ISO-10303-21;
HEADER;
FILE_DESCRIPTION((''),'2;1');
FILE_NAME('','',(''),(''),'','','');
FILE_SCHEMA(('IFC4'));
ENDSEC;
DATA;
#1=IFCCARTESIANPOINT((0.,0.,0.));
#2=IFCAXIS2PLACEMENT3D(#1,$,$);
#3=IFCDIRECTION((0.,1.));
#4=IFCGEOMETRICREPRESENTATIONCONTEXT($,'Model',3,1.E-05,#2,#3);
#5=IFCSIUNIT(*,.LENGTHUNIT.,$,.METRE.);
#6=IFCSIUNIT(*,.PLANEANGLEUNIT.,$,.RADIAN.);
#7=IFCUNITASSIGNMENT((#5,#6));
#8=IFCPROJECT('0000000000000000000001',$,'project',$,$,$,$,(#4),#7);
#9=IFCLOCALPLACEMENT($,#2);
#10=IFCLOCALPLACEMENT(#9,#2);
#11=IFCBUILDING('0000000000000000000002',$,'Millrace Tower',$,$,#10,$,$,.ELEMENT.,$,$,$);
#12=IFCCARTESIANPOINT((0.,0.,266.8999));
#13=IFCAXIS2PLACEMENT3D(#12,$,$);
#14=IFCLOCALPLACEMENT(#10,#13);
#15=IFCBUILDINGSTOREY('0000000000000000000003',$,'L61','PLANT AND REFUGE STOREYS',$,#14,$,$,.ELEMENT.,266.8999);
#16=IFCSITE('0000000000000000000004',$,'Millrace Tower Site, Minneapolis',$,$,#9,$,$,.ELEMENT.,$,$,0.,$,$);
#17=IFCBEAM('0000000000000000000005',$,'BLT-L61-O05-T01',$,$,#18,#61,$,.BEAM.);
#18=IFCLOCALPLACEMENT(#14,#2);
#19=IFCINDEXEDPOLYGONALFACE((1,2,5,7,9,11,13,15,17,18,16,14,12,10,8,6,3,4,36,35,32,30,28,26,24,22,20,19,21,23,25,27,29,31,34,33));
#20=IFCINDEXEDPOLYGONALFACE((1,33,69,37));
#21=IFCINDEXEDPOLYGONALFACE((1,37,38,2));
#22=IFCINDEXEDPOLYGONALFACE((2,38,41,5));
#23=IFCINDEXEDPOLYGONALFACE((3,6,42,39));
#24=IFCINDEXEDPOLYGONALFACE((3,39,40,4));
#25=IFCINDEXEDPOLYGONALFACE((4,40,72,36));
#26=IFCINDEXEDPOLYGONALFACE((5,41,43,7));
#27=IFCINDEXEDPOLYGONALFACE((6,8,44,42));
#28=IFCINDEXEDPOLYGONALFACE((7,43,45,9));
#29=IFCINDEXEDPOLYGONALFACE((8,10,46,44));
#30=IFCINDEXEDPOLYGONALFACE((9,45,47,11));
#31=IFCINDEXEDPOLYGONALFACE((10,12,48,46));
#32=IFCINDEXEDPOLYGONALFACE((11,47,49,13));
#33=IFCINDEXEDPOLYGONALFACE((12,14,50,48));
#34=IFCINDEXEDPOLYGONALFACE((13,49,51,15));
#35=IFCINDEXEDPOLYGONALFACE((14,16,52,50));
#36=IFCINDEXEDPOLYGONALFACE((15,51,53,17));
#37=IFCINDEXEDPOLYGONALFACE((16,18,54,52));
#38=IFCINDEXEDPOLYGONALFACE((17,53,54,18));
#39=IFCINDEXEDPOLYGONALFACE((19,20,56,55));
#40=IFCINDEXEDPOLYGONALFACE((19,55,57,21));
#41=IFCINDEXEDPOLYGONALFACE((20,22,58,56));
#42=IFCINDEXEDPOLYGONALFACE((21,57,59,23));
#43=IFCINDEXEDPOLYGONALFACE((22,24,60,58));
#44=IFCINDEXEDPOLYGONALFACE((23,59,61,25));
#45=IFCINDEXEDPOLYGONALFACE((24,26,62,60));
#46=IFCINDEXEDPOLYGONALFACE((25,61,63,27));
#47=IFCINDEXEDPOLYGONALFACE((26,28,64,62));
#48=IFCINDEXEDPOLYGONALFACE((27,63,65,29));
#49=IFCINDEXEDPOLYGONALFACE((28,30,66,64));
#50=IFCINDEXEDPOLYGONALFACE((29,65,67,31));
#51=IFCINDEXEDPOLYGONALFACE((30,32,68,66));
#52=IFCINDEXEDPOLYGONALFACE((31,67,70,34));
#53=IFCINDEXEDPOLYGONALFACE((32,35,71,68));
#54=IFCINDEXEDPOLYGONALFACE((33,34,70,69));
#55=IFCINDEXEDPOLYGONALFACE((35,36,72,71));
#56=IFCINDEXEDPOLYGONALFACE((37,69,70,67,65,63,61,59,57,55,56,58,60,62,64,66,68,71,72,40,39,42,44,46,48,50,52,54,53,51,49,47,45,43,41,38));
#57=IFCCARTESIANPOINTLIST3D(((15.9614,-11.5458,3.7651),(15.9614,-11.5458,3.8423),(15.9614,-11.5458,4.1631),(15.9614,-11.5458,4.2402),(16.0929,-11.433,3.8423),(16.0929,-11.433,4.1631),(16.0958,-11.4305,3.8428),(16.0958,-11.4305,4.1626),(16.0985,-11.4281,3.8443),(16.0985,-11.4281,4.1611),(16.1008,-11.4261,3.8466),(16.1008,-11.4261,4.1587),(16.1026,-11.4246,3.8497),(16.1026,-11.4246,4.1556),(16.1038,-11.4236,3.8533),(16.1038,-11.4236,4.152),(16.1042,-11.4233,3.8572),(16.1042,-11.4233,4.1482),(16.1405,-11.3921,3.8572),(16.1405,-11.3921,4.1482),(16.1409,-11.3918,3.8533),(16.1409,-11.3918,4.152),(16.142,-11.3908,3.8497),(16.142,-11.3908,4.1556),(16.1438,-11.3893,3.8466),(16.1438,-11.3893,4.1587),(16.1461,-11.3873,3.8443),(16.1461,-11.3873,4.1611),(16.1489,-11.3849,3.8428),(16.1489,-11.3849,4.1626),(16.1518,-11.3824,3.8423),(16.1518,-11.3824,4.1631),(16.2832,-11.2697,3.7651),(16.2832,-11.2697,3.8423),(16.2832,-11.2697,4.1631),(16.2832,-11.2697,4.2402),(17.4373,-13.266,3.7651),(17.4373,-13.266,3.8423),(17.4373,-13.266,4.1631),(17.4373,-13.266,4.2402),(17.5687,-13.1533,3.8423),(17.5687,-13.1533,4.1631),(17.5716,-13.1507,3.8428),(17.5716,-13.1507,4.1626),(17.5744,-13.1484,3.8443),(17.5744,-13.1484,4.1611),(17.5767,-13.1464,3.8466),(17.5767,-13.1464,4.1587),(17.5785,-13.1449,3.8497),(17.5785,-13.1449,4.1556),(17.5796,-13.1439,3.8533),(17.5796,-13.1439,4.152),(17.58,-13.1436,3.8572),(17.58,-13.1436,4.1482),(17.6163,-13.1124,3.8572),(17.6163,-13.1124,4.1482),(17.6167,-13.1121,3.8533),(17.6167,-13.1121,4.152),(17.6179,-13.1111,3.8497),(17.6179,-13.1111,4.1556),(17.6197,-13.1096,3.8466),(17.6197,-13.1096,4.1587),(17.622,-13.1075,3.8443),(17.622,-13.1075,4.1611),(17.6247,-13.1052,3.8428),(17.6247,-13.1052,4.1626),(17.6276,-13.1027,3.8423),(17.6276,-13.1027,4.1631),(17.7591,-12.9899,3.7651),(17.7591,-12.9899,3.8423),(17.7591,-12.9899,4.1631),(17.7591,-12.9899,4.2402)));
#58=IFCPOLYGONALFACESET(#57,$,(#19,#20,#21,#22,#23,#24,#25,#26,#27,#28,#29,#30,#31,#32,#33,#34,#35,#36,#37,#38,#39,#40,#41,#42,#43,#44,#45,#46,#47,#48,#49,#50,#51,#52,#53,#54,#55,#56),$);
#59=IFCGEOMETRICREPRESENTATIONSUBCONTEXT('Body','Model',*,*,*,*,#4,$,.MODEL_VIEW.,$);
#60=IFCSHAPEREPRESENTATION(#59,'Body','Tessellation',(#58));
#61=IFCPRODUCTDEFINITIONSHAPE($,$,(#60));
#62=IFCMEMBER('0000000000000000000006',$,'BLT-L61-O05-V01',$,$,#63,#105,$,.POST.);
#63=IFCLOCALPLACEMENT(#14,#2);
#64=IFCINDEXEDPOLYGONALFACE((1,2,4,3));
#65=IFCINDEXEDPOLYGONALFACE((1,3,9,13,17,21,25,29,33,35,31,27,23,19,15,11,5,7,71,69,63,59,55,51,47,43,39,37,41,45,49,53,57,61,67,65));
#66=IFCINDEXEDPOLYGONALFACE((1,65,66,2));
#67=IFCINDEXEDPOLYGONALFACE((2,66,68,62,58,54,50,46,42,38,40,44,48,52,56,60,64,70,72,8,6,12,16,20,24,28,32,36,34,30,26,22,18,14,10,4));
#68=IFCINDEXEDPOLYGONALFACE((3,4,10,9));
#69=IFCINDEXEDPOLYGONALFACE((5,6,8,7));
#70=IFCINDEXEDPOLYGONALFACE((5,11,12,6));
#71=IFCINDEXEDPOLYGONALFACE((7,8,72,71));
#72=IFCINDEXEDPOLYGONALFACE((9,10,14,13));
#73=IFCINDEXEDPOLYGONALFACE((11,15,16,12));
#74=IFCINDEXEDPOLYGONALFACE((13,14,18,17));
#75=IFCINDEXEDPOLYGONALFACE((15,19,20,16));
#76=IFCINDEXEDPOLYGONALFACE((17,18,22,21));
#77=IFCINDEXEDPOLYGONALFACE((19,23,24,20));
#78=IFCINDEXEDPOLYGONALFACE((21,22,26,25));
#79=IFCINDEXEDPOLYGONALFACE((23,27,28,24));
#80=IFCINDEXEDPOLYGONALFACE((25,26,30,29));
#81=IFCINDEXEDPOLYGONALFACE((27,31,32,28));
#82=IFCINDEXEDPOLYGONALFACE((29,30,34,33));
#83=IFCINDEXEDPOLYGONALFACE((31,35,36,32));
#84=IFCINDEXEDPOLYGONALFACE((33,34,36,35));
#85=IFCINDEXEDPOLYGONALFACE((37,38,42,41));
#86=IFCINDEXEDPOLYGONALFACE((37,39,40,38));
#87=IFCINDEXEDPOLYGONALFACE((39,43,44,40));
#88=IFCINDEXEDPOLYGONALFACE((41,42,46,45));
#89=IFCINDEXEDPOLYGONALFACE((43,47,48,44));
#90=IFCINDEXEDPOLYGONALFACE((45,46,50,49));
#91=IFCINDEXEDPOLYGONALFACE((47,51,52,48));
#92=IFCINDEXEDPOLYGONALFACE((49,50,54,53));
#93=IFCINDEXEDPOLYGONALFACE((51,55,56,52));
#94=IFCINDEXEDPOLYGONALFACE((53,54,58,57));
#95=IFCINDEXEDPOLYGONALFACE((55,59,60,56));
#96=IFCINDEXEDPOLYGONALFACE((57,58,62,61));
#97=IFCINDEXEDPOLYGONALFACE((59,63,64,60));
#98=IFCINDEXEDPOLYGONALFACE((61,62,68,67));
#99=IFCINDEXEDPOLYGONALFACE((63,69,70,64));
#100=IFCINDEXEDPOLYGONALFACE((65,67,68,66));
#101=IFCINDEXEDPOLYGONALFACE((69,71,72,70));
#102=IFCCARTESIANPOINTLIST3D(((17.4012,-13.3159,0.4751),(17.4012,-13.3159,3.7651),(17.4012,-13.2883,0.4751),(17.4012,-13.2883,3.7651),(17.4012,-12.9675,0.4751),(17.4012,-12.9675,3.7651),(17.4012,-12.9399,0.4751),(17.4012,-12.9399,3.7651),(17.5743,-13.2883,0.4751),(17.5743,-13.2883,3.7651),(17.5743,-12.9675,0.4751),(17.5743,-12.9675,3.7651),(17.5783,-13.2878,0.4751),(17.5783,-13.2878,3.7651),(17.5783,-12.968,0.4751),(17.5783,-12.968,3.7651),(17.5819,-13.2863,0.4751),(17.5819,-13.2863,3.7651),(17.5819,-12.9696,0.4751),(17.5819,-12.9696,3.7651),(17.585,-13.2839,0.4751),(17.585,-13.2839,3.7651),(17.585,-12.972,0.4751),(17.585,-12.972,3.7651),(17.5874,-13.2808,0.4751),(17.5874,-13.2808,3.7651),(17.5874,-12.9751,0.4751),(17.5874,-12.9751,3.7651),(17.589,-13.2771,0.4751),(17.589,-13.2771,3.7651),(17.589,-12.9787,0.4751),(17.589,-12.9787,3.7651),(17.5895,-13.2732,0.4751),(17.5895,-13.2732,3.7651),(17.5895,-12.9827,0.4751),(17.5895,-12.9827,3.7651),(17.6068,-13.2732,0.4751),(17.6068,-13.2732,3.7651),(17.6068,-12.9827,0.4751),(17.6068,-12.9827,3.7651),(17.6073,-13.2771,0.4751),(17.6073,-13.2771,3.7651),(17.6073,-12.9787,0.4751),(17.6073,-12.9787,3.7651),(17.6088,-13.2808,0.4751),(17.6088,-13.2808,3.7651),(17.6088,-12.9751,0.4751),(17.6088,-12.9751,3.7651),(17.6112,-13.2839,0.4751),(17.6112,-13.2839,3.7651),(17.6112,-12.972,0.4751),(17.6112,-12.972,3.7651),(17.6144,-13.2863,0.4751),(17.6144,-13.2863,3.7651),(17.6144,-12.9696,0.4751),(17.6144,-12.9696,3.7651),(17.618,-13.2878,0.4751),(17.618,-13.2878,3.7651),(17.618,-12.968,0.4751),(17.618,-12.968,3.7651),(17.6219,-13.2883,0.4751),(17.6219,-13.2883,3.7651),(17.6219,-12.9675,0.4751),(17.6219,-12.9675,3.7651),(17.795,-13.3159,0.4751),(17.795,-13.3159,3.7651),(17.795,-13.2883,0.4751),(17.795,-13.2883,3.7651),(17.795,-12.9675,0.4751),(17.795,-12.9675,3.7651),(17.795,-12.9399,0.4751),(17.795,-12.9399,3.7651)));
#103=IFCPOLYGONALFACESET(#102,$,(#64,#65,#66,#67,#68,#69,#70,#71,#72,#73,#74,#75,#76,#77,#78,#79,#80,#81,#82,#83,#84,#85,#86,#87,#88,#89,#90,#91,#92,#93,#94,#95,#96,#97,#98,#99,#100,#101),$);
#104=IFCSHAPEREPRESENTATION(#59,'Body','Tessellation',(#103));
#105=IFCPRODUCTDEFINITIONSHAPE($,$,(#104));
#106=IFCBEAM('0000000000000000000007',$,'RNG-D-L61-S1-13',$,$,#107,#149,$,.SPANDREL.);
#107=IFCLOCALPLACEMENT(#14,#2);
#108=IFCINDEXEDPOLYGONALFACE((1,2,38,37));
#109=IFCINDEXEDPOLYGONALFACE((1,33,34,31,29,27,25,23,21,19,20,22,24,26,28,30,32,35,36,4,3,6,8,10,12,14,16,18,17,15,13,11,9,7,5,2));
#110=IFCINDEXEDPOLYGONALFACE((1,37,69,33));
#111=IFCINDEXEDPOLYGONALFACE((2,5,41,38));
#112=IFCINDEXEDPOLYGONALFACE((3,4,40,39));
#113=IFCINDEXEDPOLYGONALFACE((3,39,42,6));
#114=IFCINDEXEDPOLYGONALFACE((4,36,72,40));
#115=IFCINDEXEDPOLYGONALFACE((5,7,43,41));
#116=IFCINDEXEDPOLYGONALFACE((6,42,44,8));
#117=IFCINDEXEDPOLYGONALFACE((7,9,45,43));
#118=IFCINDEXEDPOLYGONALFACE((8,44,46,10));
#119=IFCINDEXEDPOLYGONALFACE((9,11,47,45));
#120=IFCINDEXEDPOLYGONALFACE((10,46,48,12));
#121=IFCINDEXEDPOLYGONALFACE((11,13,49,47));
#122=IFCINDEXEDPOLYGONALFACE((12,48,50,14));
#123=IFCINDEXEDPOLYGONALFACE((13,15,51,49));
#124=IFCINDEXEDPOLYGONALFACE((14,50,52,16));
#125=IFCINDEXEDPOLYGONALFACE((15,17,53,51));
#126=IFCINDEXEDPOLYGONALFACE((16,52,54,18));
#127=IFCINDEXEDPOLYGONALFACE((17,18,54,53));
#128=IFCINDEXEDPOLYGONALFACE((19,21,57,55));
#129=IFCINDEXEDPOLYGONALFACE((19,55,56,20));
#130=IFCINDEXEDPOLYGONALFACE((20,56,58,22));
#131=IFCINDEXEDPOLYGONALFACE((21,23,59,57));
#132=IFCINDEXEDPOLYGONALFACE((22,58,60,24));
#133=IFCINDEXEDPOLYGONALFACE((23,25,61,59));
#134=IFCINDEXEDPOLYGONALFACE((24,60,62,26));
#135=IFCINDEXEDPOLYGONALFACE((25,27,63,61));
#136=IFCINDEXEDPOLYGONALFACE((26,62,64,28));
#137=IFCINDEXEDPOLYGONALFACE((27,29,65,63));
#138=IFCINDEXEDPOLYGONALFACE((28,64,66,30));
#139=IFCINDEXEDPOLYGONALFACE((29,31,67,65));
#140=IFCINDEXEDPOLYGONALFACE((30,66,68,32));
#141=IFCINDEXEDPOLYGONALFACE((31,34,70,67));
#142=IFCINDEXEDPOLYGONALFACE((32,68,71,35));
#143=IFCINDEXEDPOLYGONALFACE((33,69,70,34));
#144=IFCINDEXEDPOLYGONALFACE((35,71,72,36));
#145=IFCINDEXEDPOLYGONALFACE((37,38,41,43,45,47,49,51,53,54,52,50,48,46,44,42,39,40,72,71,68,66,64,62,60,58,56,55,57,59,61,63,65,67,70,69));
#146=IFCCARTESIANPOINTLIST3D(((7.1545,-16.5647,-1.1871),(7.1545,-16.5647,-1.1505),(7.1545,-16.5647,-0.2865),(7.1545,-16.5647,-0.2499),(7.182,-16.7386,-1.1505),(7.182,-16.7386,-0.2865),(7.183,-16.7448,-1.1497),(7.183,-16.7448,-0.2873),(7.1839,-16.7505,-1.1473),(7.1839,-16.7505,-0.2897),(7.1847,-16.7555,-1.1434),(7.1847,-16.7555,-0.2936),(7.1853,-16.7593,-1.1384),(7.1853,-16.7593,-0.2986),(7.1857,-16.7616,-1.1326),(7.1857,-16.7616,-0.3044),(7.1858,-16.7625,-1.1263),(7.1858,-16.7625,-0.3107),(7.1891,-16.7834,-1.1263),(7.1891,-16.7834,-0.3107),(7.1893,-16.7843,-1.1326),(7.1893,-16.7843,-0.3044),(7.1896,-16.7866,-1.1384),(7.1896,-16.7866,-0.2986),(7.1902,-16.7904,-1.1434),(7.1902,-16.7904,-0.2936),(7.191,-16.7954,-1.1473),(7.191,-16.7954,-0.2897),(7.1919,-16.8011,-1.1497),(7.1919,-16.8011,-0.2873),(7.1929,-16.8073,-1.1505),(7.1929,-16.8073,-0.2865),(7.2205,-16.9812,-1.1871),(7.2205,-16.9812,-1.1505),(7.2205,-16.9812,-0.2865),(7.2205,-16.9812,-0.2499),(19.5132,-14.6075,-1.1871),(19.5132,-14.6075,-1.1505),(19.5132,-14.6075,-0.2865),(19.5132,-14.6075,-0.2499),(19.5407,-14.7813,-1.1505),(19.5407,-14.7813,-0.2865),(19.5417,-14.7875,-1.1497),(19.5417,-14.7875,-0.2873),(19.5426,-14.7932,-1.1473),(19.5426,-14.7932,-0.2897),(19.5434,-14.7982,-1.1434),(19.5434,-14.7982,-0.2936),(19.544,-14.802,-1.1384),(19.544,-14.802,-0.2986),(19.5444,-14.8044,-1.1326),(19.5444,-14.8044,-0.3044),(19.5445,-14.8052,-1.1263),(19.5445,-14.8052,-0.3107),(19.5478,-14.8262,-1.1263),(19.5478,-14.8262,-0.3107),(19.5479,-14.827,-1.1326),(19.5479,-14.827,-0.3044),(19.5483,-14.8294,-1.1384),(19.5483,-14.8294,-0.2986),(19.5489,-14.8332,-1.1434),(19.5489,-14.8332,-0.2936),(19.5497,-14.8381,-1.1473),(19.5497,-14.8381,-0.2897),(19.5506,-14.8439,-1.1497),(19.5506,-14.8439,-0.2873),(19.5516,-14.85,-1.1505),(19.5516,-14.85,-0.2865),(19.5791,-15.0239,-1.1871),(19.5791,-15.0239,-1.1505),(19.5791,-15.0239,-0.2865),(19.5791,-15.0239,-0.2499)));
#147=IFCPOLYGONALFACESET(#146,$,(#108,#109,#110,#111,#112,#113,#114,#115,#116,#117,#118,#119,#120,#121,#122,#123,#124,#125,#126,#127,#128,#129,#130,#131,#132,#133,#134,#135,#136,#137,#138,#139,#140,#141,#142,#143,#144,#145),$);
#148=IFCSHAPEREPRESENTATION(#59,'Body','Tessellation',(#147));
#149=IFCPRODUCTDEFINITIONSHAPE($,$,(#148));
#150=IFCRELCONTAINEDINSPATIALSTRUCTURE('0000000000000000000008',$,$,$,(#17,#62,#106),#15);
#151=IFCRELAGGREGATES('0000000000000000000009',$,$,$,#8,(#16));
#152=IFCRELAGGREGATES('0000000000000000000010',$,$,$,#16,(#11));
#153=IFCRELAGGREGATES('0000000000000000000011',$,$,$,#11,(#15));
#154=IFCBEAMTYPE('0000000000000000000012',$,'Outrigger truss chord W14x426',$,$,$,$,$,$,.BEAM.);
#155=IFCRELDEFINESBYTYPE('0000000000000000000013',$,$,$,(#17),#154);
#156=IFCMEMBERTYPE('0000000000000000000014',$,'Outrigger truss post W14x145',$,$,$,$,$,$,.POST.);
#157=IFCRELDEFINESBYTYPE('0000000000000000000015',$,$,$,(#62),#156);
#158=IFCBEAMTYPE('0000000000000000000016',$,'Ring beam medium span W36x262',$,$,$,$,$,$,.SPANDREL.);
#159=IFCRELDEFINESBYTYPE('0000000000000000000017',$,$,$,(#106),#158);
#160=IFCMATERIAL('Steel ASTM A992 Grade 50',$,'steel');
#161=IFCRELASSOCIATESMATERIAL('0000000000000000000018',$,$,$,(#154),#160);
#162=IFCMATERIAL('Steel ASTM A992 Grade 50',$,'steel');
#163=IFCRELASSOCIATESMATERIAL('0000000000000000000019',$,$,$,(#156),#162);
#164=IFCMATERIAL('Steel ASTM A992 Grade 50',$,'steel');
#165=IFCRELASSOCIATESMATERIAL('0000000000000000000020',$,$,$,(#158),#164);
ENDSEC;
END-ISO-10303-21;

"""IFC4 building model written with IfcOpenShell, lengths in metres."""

from ifc_helpers import new_model, si_unit, direction, frame, origin, origin_2d, place, context, subcontext, project, spatial, i_section, extrude, material, material_profile, profile_set, type_object, element, save


model = new_model("IFC4")

# Units and contexts
model_context = context("Model", 3, precision=1e-05, world=origin(), true_north=direction((0.0, 1.0)))
body_context = subcontext(model_context, "Body", "Model", "MODEL_VIEW")
ifc_project = project(units=[si_unit("LENGTHUNIT", "METRE"), si_unit("PLANEANGLEUNIT", "RADIAN")], contexts=[model_context])

# Site, building, storey
site_placement = place(None, origin())
site = spatial("IfcSite", under=ifc_project, at=site_placement, Name="Millrace Tower Site, Minneapolis", CompositionType="ELEMENT", RefElevation=0.0)
building_placement = place(site_placement, origin())
building = spatial("IfcBuilding", under=site, at=building_placement, Name="Millrace Tower", CompositionType="ELEMENT")
storey_placement = place(building_placement, frame((0.0, 0.0, 266.8999)))
storey = spatial("IfcBuildingStorey", under=building, at=storey_placement, Name="L61", Description="PLANT AND REFUGE STOREYS", CompositionType="ELEMENT", Elevation=266.8999)

# Beam
ifc_material_1 = material(Name="Steel ASTM A992 Grade 50", Category="steel")
ifc_material_profile_1 = material_profile(ifc_material_1, i_section(OverallWidth=0.4241, OverallDepth=0.4751, WebThickness=0.0479, FlangeThickness=0.0771, FilletRadius=0.0149, at=origin_2d()))
ifc_profile_set_1 = profile_set([ifc_material_profile_1], Name="Steel ASTM A992 Grade 50")
beam_type_1 = type_object("IfcBeamType", Name="Outrigger truss chord W14x426", PredefinedType="BEAM", material=ifc_profile_set_1)
beam_1_placement = place(storey_placement, frame((16.1223, -11.4077, 4.0027), z_axis=(0.651137, -0.75896, 0.0), x_axis=(0.75896, 0.651137, 0.0)))
element("IfcBeam", 1, at=beam_1_placement, inside=storey, type_object=beam_type_1, Name="BLT-L61-O05-T01", PredefinedType="BEAM", context=body_context, shape_type="SweptSolid", body=[
    extrude(i_section(OverallWidth=0.4241, OverallDepth=0.4751, WebThickness=0.0479, FlangeThickness=0.0771, FilletRadius=0.0149, at=origin_2d()), origin(), (0.0, 0.0, 1.0), 2.2666),
])

# Member
ifc_material_2 = material(Name="Steel ASTM A992 Grade 50", Category="steel")
ifc_material_profile_2 = material_profile(ifc_material_2, i_section(OverallWidth=0.3938, OverallDepth=0.376, WebThickness=0.0173, FlangeThickness=0.0276, FilletRadius=0.0151, at=origin_2d()))
ifc_profile_set_2 = profile_set([ifc_material_profile_2], Name="Steel ASTM A992 Grade 50")
member_type_1 = type_object("IfcMemberType", Name="Outrigger truss post W14x145", PredefinedType="POST", material=ifc_profile_set_2)
member_1_placement = place(storey_placement, frame((17.5981, -13.1279, 0.4751), z_axis=(0.0, 0.0, 1.0), x_axis=(1.0, 0.0, 0.0)))
element("IfcMember", 2, at=member_1_placement, inside=storey, type_object=member_type_1, Name="BLT-L61-O05-V01", PredefinedType="POST", context=body_context, shape_type="SweptSolid", body=[
    extrude(i_section(OverallWidth=0.3938, OverallDepth=0.376, WebThickness=0.0173, FlangeThickness=0.0276, FilletRadius=0.0151, at=origin_2d()), origin(), (0.0, 0.0, 1.0), 3.29),
])

# Beam
ifc_material_3 = material(Name="Steel ASTM A992 Grade 50", Category="steel")
ifc_material_profile_3 = material_profile(ifc_material_3, i_section(OverallWidth=0.4216, OverallDepth=0.9373, WebThickness=0.0212, FlangeThickness=0.0366, FilletRadius=0.0242, at=origin_2d()))
ifc_profile_set_3 = profile_set([ifc_material_profile_3], Name="Steel ASTM A992 Grade 50")
beam_type_2 = type_object("IfcBeamType", Name="Ring beam medium span W36x262", PredefinedType="SPANDREL", material=ifc_profile_set_3)
beam_2_placement = place(storey_placement, frame((19.5461, -14.8157, -0.7185), z_axis=(-0.98769, -0.156423, 0.0), x_axis=(0.156423, -0.98769, 0.0)))
element("IfcBeam", 3, at=beam_2_placement, inside=storey, type_object=beam_type_2, Name="RNG-D-L61-S1-13", PredefinedType="SPANDREL", context=body_context, shape_type="SweptSolid", body=[
    extrude(i_section(OverallWidth=0.4216, OverallDepth=0.9373, WebThickness=0.0212, FlangeThickness=0.0366, FilletRadius=0.0242, at=origin_2d()), origin(), (0.0, 0.0, 1.0), 12.5127),
])

save(model, "model.ifc")
